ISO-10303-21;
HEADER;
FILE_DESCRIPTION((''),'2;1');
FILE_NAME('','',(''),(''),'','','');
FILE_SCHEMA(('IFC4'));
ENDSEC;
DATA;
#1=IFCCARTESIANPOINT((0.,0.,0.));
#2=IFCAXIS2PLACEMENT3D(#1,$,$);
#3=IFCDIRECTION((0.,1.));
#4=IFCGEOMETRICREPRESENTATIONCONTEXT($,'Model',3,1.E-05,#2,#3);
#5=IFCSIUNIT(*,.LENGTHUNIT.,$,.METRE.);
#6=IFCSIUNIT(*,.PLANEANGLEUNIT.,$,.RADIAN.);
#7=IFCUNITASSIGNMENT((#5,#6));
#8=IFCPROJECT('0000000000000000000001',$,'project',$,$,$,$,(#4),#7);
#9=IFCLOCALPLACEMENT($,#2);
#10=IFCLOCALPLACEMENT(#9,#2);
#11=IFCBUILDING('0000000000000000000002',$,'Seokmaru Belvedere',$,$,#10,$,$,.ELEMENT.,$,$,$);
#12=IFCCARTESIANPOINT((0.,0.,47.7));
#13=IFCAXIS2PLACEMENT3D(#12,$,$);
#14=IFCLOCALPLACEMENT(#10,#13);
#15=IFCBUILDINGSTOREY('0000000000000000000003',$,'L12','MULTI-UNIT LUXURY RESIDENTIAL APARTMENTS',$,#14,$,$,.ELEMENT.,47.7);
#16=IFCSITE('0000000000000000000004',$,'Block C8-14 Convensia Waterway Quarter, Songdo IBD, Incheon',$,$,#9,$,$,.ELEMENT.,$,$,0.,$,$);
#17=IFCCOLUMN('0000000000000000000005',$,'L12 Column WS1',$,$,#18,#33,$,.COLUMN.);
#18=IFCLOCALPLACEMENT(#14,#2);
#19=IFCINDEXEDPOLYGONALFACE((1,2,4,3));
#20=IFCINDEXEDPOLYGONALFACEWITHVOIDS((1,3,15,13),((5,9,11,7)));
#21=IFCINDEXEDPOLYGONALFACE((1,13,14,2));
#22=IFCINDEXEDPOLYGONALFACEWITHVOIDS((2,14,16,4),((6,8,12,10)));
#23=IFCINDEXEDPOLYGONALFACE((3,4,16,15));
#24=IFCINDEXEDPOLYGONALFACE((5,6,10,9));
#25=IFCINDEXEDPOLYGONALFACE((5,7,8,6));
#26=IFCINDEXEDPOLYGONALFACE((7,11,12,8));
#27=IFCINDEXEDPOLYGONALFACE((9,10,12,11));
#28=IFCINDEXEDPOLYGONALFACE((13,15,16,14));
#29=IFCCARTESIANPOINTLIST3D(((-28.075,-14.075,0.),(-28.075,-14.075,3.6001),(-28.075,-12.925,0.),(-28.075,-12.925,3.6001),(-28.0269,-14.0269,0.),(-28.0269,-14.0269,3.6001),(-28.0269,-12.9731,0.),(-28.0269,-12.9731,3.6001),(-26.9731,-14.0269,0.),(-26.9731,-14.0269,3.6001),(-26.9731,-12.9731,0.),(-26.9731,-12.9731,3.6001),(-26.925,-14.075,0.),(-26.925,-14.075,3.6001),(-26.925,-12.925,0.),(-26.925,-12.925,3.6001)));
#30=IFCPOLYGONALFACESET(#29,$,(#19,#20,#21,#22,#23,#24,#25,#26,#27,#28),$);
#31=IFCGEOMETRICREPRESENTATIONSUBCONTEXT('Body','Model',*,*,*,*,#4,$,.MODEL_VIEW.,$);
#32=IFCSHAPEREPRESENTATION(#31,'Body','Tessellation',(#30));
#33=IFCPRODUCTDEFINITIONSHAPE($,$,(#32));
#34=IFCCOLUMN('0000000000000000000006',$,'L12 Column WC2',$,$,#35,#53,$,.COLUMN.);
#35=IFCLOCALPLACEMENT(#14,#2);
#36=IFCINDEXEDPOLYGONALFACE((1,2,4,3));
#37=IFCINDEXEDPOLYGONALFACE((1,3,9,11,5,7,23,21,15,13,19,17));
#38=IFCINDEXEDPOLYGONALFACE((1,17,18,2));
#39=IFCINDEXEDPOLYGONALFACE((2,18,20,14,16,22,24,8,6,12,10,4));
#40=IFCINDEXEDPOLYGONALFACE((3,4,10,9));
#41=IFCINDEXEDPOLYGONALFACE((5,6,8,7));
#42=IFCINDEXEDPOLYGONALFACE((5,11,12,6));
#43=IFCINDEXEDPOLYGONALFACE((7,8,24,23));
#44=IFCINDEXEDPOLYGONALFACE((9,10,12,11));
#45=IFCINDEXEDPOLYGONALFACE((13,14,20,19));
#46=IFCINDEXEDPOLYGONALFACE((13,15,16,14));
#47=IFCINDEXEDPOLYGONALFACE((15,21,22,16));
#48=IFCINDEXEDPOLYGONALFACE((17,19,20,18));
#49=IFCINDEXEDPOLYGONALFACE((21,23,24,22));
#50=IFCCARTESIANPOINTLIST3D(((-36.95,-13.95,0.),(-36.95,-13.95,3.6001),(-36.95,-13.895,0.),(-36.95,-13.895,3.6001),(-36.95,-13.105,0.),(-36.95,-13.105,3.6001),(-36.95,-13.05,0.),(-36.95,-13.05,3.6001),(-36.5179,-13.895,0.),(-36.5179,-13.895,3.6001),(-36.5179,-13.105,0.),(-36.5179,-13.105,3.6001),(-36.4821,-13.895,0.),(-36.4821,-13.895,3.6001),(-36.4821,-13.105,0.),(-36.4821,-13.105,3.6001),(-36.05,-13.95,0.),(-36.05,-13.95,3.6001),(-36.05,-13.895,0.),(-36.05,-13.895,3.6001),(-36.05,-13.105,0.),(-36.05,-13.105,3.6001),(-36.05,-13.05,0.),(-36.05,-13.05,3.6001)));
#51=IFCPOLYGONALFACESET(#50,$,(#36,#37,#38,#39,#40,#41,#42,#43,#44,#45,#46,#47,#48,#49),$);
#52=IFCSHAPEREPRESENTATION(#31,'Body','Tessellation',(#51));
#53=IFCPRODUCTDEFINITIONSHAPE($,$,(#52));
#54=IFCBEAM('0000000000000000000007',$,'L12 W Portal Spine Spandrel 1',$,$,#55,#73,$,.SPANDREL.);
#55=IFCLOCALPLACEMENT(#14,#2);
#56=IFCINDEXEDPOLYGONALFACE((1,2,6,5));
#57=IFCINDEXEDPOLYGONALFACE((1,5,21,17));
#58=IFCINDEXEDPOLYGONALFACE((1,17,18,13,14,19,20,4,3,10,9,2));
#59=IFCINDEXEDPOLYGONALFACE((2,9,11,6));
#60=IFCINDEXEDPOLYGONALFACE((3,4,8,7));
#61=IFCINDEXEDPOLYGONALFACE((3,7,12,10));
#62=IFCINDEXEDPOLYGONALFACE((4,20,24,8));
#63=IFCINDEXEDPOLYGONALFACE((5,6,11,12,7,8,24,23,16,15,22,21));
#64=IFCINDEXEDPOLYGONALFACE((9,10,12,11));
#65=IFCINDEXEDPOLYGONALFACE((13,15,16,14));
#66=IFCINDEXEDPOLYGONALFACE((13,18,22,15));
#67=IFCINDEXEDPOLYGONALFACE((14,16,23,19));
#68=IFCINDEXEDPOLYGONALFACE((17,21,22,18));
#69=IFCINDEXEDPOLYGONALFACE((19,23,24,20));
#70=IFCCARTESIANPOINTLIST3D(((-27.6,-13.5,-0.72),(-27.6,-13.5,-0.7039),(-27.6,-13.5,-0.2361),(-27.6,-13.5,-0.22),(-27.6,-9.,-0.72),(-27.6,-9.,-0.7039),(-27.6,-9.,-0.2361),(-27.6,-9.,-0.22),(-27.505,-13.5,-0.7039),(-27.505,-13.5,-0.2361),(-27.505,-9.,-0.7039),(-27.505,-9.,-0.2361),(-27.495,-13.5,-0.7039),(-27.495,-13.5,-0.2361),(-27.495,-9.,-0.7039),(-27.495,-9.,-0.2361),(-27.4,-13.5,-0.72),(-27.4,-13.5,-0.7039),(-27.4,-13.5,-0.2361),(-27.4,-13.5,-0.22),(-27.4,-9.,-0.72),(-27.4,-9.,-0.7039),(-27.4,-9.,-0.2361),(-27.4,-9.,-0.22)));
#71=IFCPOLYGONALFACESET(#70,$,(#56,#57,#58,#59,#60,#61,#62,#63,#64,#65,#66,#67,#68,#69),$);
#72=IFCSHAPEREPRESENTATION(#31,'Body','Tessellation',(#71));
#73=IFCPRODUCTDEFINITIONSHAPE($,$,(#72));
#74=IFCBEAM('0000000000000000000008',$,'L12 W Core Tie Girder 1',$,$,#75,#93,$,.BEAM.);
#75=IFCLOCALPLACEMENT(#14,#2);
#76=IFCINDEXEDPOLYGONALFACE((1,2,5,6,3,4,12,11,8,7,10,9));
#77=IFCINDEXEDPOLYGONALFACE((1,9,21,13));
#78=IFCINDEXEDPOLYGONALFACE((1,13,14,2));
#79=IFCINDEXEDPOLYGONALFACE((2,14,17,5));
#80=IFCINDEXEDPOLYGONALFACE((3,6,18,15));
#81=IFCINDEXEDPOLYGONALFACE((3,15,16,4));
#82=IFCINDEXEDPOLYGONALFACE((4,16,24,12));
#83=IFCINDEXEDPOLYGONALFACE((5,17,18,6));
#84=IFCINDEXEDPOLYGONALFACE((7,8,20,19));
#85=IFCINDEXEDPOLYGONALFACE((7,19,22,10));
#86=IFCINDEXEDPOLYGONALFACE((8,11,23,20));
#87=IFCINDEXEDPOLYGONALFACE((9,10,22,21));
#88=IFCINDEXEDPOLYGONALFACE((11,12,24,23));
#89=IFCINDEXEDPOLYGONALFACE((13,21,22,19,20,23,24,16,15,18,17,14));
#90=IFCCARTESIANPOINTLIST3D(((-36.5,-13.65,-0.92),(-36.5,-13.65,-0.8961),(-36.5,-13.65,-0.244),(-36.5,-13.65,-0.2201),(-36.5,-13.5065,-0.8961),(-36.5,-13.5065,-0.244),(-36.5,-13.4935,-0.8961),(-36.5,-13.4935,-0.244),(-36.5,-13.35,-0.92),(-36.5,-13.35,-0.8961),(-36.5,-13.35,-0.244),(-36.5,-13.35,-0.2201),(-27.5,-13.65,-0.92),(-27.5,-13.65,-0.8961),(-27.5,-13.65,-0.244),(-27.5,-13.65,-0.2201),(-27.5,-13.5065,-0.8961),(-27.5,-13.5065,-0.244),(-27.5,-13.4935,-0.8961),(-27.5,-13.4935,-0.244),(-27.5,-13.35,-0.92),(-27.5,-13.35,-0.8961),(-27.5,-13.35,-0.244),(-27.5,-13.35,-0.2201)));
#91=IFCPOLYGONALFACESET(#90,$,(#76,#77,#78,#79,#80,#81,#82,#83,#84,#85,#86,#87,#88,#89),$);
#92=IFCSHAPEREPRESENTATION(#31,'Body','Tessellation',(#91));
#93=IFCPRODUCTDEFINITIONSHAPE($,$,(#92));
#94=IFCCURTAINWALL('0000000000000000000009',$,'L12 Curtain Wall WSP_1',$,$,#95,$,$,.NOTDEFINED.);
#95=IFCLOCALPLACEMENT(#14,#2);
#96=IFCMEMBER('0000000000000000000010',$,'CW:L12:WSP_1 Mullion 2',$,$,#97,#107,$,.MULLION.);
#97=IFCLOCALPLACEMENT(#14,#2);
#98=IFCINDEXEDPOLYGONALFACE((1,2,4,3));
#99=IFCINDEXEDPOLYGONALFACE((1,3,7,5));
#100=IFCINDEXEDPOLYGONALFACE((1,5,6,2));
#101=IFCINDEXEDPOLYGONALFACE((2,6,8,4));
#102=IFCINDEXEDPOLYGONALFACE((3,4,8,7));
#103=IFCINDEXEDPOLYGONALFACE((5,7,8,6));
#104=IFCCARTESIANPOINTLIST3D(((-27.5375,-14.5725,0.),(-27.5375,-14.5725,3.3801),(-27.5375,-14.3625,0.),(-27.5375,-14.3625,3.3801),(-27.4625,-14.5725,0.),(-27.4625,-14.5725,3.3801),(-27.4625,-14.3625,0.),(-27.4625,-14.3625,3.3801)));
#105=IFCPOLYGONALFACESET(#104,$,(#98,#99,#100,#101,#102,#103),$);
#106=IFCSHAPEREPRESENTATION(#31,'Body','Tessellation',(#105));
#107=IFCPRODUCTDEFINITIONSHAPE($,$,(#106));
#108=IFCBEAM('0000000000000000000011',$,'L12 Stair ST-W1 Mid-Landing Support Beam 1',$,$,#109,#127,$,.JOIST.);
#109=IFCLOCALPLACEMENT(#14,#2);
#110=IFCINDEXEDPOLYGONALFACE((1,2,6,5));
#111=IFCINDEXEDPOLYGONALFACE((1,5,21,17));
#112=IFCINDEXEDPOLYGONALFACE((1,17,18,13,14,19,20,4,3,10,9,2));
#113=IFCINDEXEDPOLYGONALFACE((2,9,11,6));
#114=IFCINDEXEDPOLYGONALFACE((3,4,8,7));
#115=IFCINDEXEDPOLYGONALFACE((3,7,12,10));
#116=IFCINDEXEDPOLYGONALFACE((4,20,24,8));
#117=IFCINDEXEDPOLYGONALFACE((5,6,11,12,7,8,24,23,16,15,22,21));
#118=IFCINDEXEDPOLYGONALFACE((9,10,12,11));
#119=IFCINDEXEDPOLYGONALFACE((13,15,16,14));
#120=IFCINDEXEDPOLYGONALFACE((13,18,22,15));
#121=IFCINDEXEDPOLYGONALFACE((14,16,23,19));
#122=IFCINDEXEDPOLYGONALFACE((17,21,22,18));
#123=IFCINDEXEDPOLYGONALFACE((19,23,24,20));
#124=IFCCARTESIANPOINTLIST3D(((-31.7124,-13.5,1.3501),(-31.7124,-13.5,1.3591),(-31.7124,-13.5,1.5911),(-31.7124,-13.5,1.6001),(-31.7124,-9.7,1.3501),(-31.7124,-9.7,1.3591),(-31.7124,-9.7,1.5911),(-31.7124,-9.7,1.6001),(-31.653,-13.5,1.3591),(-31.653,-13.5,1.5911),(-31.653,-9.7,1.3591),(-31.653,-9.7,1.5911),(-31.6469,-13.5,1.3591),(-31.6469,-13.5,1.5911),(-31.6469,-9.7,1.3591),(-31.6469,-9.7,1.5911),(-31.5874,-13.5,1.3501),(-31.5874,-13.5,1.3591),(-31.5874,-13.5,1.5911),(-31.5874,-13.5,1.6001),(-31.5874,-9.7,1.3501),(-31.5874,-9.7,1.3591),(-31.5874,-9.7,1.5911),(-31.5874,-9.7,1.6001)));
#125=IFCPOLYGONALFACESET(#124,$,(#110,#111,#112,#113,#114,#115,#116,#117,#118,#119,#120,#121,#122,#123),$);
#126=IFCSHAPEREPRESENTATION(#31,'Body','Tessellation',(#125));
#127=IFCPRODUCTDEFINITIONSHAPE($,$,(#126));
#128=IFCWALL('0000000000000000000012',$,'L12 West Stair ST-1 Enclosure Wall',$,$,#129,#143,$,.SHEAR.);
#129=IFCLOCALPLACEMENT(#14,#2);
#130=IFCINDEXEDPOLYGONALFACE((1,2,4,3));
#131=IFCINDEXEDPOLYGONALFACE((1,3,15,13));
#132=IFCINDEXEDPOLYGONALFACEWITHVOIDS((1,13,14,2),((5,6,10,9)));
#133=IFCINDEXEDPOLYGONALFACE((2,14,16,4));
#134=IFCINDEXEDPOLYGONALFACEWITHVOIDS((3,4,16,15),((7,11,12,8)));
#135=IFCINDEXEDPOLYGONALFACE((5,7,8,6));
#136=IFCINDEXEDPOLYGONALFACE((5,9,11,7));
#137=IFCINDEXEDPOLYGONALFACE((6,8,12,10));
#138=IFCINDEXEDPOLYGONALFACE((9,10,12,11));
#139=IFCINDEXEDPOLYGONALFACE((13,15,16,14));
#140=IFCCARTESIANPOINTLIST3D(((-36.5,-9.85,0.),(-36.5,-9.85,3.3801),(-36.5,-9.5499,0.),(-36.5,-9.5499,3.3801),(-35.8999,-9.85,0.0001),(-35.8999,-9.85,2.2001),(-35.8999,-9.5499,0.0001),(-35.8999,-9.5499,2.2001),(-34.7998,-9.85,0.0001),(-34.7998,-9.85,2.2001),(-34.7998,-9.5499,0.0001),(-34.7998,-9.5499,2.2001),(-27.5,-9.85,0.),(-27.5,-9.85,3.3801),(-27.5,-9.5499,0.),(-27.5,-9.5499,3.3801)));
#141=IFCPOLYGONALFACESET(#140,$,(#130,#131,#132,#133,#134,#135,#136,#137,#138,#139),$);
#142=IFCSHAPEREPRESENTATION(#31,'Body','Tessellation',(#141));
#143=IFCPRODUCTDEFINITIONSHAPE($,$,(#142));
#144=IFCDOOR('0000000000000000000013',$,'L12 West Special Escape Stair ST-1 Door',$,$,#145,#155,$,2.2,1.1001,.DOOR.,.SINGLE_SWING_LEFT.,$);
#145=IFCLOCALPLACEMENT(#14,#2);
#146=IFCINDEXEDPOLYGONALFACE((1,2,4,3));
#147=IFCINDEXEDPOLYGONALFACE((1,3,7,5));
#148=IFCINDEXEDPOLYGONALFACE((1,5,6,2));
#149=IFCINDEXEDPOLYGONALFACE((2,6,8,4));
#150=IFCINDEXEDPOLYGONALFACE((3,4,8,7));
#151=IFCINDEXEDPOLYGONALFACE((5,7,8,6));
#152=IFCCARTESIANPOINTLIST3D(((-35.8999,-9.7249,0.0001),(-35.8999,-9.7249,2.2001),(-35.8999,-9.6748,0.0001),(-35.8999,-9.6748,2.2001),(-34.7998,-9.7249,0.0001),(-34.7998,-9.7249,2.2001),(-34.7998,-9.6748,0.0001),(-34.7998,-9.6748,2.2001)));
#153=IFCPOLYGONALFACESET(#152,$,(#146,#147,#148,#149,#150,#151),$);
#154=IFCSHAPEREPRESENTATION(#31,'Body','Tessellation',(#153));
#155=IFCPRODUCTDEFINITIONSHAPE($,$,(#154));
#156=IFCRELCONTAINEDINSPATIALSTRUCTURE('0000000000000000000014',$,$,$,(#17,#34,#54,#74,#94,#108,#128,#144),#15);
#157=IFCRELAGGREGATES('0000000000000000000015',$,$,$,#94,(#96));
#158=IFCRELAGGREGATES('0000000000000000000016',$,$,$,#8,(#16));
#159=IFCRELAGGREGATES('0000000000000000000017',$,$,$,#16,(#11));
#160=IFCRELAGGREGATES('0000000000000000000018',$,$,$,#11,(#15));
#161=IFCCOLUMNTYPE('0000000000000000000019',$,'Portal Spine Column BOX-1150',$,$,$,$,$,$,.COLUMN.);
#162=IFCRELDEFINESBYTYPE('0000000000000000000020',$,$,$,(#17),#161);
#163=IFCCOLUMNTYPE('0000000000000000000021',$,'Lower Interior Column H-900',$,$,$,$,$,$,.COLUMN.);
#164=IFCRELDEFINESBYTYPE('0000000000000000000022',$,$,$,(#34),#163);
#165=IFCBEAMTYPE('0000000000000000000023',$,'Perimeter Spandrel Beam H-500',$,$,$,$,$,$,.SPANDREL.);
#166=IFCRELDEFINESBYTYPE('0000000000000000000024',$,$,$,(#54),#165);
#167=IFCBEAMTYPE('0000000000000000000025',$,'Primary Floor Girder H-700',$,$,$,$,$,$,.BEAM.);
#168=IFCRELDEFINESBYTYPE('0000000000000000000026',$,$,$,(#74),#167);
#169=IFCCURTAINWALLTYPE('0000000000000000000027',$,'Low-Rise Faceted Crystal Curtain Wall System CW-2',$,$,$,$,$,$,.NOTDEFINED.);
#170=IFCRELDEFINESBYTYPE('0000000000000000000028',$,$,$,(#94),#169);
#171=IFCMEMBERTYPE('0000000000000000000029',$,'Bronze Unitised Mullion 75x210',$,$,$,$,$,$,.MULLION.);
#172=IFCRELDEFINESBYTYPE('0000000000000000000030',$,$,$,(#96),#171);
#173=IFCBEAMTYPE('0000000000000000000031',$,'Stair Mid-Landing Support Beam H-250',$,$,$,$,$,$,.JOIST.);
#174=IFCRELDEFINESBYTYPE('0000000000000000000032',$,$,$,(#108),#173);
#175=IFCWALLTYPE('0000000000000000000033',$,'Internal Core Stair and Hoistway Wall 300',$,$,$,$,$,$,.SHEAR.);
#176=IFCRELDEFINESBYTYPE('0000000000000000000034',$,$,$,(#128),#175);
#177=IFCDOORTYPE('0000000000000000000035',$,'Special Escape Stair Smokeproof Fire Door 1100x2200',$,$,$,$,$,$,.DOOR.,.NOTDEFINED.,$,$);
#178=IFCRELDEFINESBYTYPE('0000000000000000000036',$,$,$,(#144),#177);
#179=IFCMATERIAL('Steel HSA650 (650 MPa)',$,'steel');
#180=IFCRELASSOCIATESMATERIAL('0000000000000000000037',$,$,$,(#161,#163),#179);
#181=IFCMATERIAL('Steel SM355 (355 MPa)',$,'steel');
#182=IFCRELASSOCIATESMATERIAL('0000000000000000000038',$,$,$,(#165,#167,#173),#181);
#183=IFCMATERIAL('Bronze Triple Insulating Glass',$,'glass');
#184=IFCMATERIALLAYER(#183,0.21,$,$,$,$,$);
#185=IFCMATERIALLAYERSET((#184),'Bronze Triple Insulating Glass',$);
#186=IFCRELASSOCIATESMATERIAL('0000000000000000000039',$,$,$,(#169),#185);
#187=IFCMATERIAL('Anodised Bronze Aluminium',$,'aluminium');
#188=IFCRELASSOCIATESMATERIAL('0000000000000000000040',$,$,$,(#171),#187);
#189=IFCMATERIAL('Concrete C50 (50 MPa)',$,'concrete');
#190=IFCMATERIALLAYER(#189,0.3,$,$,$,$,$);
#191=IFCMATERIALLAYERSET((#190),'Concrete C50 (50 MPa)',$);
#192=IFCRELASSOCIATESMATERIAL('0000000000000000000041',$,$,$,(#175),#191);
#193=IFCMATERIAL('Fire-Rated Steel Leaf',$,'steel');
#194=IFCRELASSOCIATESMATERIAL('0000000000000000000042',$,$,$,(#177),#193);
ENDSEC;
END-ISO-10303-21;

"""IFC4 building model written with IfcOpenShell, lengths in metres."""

from ifc_helpers import new_model, si_unit, direction, frame, frame_2d, origin, origin_2d, place, context, subcontext, project, spatial, rectangle, hollow_rectangle, i_section, extrude, source, transform, mapped, material, layer, layer_set, material_profile, profile_set, type_object, type_shapes, element, fill, aggregate, save


model = new_model("IFC4")

# Units and contexts
model_context = context("Model", 3, precision=1e-05, world=origin(), true_north=direction((0.0, 1.0)))
body_context = subcontext(model_context, "Body", "Model", "MODEL_VIEW")
ifc_project = project(units=[si_unit("LENGTHUNIT", "METRE"), si_unit("PLANEANGLEUNIT", "RADIAN")], contexts=[model_context])

# Site, building, storey
site_placement = place(None, origin())
site = spatial("IfcSite", under=ifc_project, at=site_placement, Name="Block C8-14 Convensia Waterway Quarter, Songdo IBD, Incheon", CompositionType="ELEMENT", RefElevation=0.0)
building_placement = place(site_placement, origin())
building = spatial("IfcBuilding", under=site, at=building_placement, Name="Seokmaru Belvedere", CompositionType="ELEMENT")
storey_placement = place(building_placement, frame((0.0, 0.0, 47.7)))
storey = spatial("IfcBuildingStorey", under=building, at=storey_placement, Name="L12", Description="MULTI-UNIT LUXURY RESIDENTIAL APARTMENTS", CompositionType="ELEMENT", Elevation=47.7)

# Columns
ifc_material_1 = material(Name="Steel HSA650 (650 MPa)", Category="steel")
ifc_material_profile_1 = material_profile(ifc_material_1, hollow_rectangle(XDim=1.1499, YDim=1.1499, WallThickness=0.0481, at=origin_2d()), Name="BOX-1150x1150x48")
ifc_profile_set_1 = profile_set([ifc_material_profile_1], Name="Steel HSA650 (650 MPa)")
column_type_1 = type_object("IfcColumnType", Name="Portal Spine Column BOX-1150", PredefinedType="COLUMN", material=ifc_profile_set_1)
shared_shape_1 = source(origin(), body_context, "Body", "SweptSolid", [
    extrude(hollow_rectangle(XDim=1.1499, YDim=1.1499, WallThickness=0.0481, at=origin_2d()), origin(), (0.0, 0.0, 1.0), 3.6001),
])
type_shapes(column_type_1, [shared_shape_1])
column_1_placement = place(storey_placement, frame((-27.5, -13.5, 0.0), z_axis=(0.0, 0.0, 1.0), x_axis=(1.0, 0.0, 0.0)))
element("IfcColumn", 1, at=column_1_placement, inside=storey, type_object=column_type_1, Name="L12 Column WS1", PredefinedType="COLUMN", context=body_context, shape_type="MappedRepresentation", body=[
    mapped(shared_shape_1, transform((0.0, 0.0, 0.0), scale=1.0)),
])
ifc_material_profile_2 = material_profile(ifc_material_1, i_section(OverallWidth=0.8999, OverallDepth=0.8999, WebThickness=0.0359, FlangeThickness=0.0549, at=origin_2d()), Name="H-900x900x36x55")
ifc_profile_set_2 = profile_set([ifc_material_profile_2], Name="Steel HSA650 (650 MPa)")
column_type_2 = type_object("IfcColumnType", Name="Lower Interior Column H-900", PredefinedType="COLUMN", material=ifc_profile_set_2)
shared_shape_2 = source(origin(), body_context, "Body", "SweptSolid", [
    extrude(i_section(OverallWidth=0.8999, OverallDepth=0.8999, WebThickness=0.0359, FlangeThickness=0.0549, at=origin_2d()), origin(), (0.0, 0.0, 1.0), 3.6001),
])
type_shapes(column_type_2, [shared_shape_2])
column_2_placement = place(storey_placement, frame((-36.5, -13.5, 0.0), z_axis=(0.0, 0.0, 1.0), x_axis=(1.0, 0.0, 0.0)))
element("IfcColumn", 2, at=column_2_placement, inside=storey, type_object=column_type_2, Name="L12 Column WC2", PredefinedType="COLUMN", context=body_context, shape_type="MappedRepresentation", body=[
    mapped(shared_shape_2, transform((0.0, 0.0, 0.0), scale=1.0)),
])

# Beams
ifc_material_2 = material(Name="Steel SM355 (355 MPa)", Category="steel")
ifc_material_profile_3 = material_profile(ifc_material_2, i_section(OverallWidth=0.2, OverallDepth=0.5, WebThickness=0.01, FlangeThickness=0.0161, at=origin_2d()), Name="H-500x200x10x16")
ifc_profile_set_3 = profile_set([ifc_material_profile_3], Name="Steel SM355 (355 MPa)")
beam_type_1 = type_object("IfcBeamType", Name="Perimeter Spandrel Beam H-500", PredefinedType="SPANDREL", material=ifc_profile_set_3)
shared_shape_3 = source(origin(), body_context, "Body", "SweptSolid", [
    extrude(i_section(OverallWidth=0.2, OverallDepth=0.5, WebThickness=0.01, FlangeThickness=0.0161, at=origin_2d()), origin(), (0.0, 0.0, 1.0), 4.5),
])
type_shapes(beam_type_1, [shared_shape_3])
beam_1_placement = place(storey_placement, frame((-27.5, -13.5, -0.47), z_axis=(0.0, 1.0, 0.0), x_axis=(-1.0, 0.0, 0.0)))
element("IfcBeam", 3, at=beam_1_placement, inside=storey, type_object=beam_type_1, Name="L12 W Portal Spine Spandrel 1", PredefinedType="SPANDREL", context=body_context, shape_type="MappedRepresentation", body=[
    mapped(shared_shape_3, transform((0.0, 0.0, 0.0), scale=1.0)),
])
ifc_material_profile_4 = material_profile(ifc_material_2, i_section(OverallWidth=0.3, OverallDepth=0.7, WebThickness=0.0129, FlangeThickness=0.0239, at=origin_2d()), Name="H-700x300x13x24")
ifc_profile_set_4 = profile_set([ifc_material_profile_4], Name="Steel SM355 (355 MPa)")
beam_type_2 = type_object("IfcBeamType", Name="Primary Floor Girder H-700", PredefinedType="BEAM", material=ifc_profile_set_4)
shared_shape_4 = source(origin(), body_context, "Body", "SweptSolid", [
    extrude(i_section(OverallWidth=0.3, OverallDepth=0.7, WebThickness=0.0129, FlangeThickness=0.0239, at=origin_2d()), origin(), (0.0, 0.0, 1.0), 9.0),
])
type_shapes(beam_type_2, [shared_shape_4])
beam_2_placement = place(storey_placement, frame((-36.5, -13.5, -0.5701), z_axis=(1.0, 0.0, 0.0), x_axis=(0.0, 1.0, 0.0)))
element("IfcBeam", 4, at=beam_2_placement, inside=storey, type_object=beam_type_2, Name="L12 W Core Tie Girder 1", PredefinedType="BEAM", context=body_context, shape_type="MappedRepresentation", body=[
    mapped(shared_shape_4, transform((0.0, 0.0, 0.0), scale=1.0)),
])

# Curtain wall, member
ifc_material_3 = material(Name="Bronze Triple Insulating Glass", Category="glass")
ifc_layer_1 = layer(ifc_material_3, 0.21)
ifc_layer_set_1 = layer_set([ifc_layer_1], Name="Bronze Triple Insulating Glass")
curtain_wall_type = type_object("IfcCurtainWallType", Name="Low-Rise Faceted Crystal Curtain Wall System CW-2", PredefinedType="NOTDEFINED", material=ifc_layer_set_1)
curtain_wall_placement = place(storey_placement, origin())
curtain_wall = element("IfcCurtainWall", 5, at=curtain_wall_placement, inside=storey, type_object=curtain_wall_type, Name="L12 Curtain Wall WSP_1", PredefinedType="NOTDEFINED")
ifc_material_4 = material(Name="Anodised Bronze Aluminium", Category="aluminium")
ifc_material_profile_5 = material_profile(ifc_material_4, rectangle(XDim=0.075, YDim=0.21, at=origin_2d()), Name="CW-M-75x210")
ifc_profile_set_5 = profile_set([ifc_material_profile_5], Name="Anodised Bronze Aluminium")
member_type = type_object("IfcMemberType", Name="Bronze Unitised Mullion 75x210", PredefinedType="MULLION", material=ifc_profile_set_5)
shared_shape_5 = source(origin(), body_context, "Body", "SweptSolid", [
    extrude(rectangle(XDim=0.075, YDim=0.21, at=origin_2d()), origin(), (0.0, 0.0, 1.0), 3.3801),
])
type_shapes(member_type, [shared_shape_5])
member_placement = place(storey_placement, frame((-27.5, -14.4675, 0.0), z_axis=(0.0, 0.0, 1.0), x_axis=(-1.0, 0.0, 0.0)))
member = element("IfcMember", 6, at=member_placement, type_object=member_type, Name="CW:L12:WSP_1 Mullion 2", PredefinedType="MULLION", context=body_context, shape_type="MappedRepresentation", body=[
    mapped(shared_shape_5, transform((0.0, 0.0, 0.0), scale=1.0)),
])
aggregate(curtain_wall, [member])

# Beam
ifc_material_profile_6 = material_profile(ifc_material_2, i_section(OverallWidth=0.125, OverallDepth=0.25, WebThickness=0.0061, FlangeThickness=0.009, at=origin_2d()), Name="H-250x125x6x9")
ifc_profile_set_6 = profile_set([ifc_material_profile_6], Name="Steel SM355 (355 MPa)")
beam_type_3 = type_object("IfcBeamType", Name="Stair Mid-Landing Support Beam H-250", PredefinedType="JOIST", material=ifc_profile_set_6)
shared_shape_6 = source(origin(), body_context, "Body", "SweptSolid", [
    extrude(i_section(OverallWidth=0.125, OverallDepth=0.25, WebThickness=0.0061, FlangeThickness=0.009, at=origin_2d()), origin(), (0.0, 0.0, 1.0), 3.8),
])
type_shapes(beam_type_3, [shared_shape_6])
beam_3_placement = place(storey_placement, frame((-31.6499, -13.5, 1.4751), z_axis=(0.0, 1.0, 0.0), x_axis=(-1.0, 0.0, 0.0)))
element("IfcBeam", 7, at=beam_3_placement, inside=storey, type_object=beam_type_3, Name="L12 Stair ST-W1 Mid-Landing Support Beam 1", PredefinedType="JOIST", context=body_context, shape_type="MappedRepresentation", body=[
    mapped(shared_shape_6, transform((0.0, 0.0, 0.0), scale=1.0)),
])

# Wall, opening, door
ifc_material_5 = material(Name="Concrete C50 (50 MPa)", Category="concrete")
ifc_layer_2 = layer(ifc_material_5, 0.3)
ifc_layer_set_2 = layer_set([ifc_layer_2], Name="Concrete C50 (50 MPa)")
wall_type_1 = type_object("IfcWallType", Name="Internal Core Stair and Hoistway Wall 300", PredefinedType="SHEAR", material=ifc_layer_set_2)
wall_1_placement = place(storey_placement, frame((-36.5, -9.7, 0.0), z_axis=(0.0, 0.0, 1.0), x_axis=(1.0, 0.0, 0.0)))
wall_1 = element("IfcWall", 8, at=wall_1_placement, inside=storey, type_object=wall_type_1, Name="L12 West Stair ST-1 Enclosure Wall", PredefinedType="SHEAR", context=body_context, shape_type="SweptSolid", body=[
    extrude(rectangle(XDim=9.0, YDim=0.3, at=frame_2d((4.5, 0.0))), origin(), (0.0, 0.0, 1.0), 3.3801),
])
opening_1_placement = place(wall_1_placement, frame((0.6001, 0.0, 0.0)))
opening_1 = element("IfcOpeningElement", 9, at=opening_1_placement, cuts=wall_1, PredefinedType="OPENING", context=body_context, shape_type="SweptSolid", body=[
    extrude(rectangle(XDim=1.1001, YDim=2.2, at=frame_2d((0.55, 1.1001))), frame((0.0, 0.1602, 0.0), z_axis=(0.0, -1.0, 0.0), x_axis=(1.0, 0.0, 0.0)), (0.0, 0.0, 1.0), 0.3201),
])
ifc_material_6 = material(Name="Fire-Rated Steel Leaf", Category="steel")
door_type_1 = type_object("IfcDoorType", Name="Special Escape Stair Smokeproof Fire Door 1100x2200", OperationType="NOTDEFINED", PredefinedType="DOOR", material=ifc_material_6)
shared_shape_7 = source(origin(), body_context, "Body", "SweptSolid", [
    extrude(rectangle(XDim=1.1001, YDim=2.2, at=frame_2d((0.55, 1.1001))), frame((0.0, 0.0249, 0.0), z_axis=(0.0, -1.0, 0.0), x_axis=(1.0, 0.0, 0.0)), (0.0, 0.0, 1.0), 0.05),
])
type_shapes(door_type_1, [shared_shape_7])
door_1_placement = place(opening_1_placement, frame((1.1001, 0.0, 0.0), z_axis=(0.0, 0.0, 1.0), x_axis=(-1.0, 0.0, 0.0)))
door_1 = element("IfcDoor", 10, at=door_1_placement, inside=storey, type_object=door_type_1, Name="L12 West Special Escape Stair ST-1 Door", OperationType="SINGLE_SWING_LEFT", OverallHeight=2.2, OverallWidth=1.1001, PredefinedType="DOOR", context=body_context, shape_type="MappedRepresentation", body=[
    mapped(shared_shape_7, transform((0.0, 0.0, 0.0), scale=1.0)),
])
fill(opening_1, door_1)

save(model, "model.ifc")
